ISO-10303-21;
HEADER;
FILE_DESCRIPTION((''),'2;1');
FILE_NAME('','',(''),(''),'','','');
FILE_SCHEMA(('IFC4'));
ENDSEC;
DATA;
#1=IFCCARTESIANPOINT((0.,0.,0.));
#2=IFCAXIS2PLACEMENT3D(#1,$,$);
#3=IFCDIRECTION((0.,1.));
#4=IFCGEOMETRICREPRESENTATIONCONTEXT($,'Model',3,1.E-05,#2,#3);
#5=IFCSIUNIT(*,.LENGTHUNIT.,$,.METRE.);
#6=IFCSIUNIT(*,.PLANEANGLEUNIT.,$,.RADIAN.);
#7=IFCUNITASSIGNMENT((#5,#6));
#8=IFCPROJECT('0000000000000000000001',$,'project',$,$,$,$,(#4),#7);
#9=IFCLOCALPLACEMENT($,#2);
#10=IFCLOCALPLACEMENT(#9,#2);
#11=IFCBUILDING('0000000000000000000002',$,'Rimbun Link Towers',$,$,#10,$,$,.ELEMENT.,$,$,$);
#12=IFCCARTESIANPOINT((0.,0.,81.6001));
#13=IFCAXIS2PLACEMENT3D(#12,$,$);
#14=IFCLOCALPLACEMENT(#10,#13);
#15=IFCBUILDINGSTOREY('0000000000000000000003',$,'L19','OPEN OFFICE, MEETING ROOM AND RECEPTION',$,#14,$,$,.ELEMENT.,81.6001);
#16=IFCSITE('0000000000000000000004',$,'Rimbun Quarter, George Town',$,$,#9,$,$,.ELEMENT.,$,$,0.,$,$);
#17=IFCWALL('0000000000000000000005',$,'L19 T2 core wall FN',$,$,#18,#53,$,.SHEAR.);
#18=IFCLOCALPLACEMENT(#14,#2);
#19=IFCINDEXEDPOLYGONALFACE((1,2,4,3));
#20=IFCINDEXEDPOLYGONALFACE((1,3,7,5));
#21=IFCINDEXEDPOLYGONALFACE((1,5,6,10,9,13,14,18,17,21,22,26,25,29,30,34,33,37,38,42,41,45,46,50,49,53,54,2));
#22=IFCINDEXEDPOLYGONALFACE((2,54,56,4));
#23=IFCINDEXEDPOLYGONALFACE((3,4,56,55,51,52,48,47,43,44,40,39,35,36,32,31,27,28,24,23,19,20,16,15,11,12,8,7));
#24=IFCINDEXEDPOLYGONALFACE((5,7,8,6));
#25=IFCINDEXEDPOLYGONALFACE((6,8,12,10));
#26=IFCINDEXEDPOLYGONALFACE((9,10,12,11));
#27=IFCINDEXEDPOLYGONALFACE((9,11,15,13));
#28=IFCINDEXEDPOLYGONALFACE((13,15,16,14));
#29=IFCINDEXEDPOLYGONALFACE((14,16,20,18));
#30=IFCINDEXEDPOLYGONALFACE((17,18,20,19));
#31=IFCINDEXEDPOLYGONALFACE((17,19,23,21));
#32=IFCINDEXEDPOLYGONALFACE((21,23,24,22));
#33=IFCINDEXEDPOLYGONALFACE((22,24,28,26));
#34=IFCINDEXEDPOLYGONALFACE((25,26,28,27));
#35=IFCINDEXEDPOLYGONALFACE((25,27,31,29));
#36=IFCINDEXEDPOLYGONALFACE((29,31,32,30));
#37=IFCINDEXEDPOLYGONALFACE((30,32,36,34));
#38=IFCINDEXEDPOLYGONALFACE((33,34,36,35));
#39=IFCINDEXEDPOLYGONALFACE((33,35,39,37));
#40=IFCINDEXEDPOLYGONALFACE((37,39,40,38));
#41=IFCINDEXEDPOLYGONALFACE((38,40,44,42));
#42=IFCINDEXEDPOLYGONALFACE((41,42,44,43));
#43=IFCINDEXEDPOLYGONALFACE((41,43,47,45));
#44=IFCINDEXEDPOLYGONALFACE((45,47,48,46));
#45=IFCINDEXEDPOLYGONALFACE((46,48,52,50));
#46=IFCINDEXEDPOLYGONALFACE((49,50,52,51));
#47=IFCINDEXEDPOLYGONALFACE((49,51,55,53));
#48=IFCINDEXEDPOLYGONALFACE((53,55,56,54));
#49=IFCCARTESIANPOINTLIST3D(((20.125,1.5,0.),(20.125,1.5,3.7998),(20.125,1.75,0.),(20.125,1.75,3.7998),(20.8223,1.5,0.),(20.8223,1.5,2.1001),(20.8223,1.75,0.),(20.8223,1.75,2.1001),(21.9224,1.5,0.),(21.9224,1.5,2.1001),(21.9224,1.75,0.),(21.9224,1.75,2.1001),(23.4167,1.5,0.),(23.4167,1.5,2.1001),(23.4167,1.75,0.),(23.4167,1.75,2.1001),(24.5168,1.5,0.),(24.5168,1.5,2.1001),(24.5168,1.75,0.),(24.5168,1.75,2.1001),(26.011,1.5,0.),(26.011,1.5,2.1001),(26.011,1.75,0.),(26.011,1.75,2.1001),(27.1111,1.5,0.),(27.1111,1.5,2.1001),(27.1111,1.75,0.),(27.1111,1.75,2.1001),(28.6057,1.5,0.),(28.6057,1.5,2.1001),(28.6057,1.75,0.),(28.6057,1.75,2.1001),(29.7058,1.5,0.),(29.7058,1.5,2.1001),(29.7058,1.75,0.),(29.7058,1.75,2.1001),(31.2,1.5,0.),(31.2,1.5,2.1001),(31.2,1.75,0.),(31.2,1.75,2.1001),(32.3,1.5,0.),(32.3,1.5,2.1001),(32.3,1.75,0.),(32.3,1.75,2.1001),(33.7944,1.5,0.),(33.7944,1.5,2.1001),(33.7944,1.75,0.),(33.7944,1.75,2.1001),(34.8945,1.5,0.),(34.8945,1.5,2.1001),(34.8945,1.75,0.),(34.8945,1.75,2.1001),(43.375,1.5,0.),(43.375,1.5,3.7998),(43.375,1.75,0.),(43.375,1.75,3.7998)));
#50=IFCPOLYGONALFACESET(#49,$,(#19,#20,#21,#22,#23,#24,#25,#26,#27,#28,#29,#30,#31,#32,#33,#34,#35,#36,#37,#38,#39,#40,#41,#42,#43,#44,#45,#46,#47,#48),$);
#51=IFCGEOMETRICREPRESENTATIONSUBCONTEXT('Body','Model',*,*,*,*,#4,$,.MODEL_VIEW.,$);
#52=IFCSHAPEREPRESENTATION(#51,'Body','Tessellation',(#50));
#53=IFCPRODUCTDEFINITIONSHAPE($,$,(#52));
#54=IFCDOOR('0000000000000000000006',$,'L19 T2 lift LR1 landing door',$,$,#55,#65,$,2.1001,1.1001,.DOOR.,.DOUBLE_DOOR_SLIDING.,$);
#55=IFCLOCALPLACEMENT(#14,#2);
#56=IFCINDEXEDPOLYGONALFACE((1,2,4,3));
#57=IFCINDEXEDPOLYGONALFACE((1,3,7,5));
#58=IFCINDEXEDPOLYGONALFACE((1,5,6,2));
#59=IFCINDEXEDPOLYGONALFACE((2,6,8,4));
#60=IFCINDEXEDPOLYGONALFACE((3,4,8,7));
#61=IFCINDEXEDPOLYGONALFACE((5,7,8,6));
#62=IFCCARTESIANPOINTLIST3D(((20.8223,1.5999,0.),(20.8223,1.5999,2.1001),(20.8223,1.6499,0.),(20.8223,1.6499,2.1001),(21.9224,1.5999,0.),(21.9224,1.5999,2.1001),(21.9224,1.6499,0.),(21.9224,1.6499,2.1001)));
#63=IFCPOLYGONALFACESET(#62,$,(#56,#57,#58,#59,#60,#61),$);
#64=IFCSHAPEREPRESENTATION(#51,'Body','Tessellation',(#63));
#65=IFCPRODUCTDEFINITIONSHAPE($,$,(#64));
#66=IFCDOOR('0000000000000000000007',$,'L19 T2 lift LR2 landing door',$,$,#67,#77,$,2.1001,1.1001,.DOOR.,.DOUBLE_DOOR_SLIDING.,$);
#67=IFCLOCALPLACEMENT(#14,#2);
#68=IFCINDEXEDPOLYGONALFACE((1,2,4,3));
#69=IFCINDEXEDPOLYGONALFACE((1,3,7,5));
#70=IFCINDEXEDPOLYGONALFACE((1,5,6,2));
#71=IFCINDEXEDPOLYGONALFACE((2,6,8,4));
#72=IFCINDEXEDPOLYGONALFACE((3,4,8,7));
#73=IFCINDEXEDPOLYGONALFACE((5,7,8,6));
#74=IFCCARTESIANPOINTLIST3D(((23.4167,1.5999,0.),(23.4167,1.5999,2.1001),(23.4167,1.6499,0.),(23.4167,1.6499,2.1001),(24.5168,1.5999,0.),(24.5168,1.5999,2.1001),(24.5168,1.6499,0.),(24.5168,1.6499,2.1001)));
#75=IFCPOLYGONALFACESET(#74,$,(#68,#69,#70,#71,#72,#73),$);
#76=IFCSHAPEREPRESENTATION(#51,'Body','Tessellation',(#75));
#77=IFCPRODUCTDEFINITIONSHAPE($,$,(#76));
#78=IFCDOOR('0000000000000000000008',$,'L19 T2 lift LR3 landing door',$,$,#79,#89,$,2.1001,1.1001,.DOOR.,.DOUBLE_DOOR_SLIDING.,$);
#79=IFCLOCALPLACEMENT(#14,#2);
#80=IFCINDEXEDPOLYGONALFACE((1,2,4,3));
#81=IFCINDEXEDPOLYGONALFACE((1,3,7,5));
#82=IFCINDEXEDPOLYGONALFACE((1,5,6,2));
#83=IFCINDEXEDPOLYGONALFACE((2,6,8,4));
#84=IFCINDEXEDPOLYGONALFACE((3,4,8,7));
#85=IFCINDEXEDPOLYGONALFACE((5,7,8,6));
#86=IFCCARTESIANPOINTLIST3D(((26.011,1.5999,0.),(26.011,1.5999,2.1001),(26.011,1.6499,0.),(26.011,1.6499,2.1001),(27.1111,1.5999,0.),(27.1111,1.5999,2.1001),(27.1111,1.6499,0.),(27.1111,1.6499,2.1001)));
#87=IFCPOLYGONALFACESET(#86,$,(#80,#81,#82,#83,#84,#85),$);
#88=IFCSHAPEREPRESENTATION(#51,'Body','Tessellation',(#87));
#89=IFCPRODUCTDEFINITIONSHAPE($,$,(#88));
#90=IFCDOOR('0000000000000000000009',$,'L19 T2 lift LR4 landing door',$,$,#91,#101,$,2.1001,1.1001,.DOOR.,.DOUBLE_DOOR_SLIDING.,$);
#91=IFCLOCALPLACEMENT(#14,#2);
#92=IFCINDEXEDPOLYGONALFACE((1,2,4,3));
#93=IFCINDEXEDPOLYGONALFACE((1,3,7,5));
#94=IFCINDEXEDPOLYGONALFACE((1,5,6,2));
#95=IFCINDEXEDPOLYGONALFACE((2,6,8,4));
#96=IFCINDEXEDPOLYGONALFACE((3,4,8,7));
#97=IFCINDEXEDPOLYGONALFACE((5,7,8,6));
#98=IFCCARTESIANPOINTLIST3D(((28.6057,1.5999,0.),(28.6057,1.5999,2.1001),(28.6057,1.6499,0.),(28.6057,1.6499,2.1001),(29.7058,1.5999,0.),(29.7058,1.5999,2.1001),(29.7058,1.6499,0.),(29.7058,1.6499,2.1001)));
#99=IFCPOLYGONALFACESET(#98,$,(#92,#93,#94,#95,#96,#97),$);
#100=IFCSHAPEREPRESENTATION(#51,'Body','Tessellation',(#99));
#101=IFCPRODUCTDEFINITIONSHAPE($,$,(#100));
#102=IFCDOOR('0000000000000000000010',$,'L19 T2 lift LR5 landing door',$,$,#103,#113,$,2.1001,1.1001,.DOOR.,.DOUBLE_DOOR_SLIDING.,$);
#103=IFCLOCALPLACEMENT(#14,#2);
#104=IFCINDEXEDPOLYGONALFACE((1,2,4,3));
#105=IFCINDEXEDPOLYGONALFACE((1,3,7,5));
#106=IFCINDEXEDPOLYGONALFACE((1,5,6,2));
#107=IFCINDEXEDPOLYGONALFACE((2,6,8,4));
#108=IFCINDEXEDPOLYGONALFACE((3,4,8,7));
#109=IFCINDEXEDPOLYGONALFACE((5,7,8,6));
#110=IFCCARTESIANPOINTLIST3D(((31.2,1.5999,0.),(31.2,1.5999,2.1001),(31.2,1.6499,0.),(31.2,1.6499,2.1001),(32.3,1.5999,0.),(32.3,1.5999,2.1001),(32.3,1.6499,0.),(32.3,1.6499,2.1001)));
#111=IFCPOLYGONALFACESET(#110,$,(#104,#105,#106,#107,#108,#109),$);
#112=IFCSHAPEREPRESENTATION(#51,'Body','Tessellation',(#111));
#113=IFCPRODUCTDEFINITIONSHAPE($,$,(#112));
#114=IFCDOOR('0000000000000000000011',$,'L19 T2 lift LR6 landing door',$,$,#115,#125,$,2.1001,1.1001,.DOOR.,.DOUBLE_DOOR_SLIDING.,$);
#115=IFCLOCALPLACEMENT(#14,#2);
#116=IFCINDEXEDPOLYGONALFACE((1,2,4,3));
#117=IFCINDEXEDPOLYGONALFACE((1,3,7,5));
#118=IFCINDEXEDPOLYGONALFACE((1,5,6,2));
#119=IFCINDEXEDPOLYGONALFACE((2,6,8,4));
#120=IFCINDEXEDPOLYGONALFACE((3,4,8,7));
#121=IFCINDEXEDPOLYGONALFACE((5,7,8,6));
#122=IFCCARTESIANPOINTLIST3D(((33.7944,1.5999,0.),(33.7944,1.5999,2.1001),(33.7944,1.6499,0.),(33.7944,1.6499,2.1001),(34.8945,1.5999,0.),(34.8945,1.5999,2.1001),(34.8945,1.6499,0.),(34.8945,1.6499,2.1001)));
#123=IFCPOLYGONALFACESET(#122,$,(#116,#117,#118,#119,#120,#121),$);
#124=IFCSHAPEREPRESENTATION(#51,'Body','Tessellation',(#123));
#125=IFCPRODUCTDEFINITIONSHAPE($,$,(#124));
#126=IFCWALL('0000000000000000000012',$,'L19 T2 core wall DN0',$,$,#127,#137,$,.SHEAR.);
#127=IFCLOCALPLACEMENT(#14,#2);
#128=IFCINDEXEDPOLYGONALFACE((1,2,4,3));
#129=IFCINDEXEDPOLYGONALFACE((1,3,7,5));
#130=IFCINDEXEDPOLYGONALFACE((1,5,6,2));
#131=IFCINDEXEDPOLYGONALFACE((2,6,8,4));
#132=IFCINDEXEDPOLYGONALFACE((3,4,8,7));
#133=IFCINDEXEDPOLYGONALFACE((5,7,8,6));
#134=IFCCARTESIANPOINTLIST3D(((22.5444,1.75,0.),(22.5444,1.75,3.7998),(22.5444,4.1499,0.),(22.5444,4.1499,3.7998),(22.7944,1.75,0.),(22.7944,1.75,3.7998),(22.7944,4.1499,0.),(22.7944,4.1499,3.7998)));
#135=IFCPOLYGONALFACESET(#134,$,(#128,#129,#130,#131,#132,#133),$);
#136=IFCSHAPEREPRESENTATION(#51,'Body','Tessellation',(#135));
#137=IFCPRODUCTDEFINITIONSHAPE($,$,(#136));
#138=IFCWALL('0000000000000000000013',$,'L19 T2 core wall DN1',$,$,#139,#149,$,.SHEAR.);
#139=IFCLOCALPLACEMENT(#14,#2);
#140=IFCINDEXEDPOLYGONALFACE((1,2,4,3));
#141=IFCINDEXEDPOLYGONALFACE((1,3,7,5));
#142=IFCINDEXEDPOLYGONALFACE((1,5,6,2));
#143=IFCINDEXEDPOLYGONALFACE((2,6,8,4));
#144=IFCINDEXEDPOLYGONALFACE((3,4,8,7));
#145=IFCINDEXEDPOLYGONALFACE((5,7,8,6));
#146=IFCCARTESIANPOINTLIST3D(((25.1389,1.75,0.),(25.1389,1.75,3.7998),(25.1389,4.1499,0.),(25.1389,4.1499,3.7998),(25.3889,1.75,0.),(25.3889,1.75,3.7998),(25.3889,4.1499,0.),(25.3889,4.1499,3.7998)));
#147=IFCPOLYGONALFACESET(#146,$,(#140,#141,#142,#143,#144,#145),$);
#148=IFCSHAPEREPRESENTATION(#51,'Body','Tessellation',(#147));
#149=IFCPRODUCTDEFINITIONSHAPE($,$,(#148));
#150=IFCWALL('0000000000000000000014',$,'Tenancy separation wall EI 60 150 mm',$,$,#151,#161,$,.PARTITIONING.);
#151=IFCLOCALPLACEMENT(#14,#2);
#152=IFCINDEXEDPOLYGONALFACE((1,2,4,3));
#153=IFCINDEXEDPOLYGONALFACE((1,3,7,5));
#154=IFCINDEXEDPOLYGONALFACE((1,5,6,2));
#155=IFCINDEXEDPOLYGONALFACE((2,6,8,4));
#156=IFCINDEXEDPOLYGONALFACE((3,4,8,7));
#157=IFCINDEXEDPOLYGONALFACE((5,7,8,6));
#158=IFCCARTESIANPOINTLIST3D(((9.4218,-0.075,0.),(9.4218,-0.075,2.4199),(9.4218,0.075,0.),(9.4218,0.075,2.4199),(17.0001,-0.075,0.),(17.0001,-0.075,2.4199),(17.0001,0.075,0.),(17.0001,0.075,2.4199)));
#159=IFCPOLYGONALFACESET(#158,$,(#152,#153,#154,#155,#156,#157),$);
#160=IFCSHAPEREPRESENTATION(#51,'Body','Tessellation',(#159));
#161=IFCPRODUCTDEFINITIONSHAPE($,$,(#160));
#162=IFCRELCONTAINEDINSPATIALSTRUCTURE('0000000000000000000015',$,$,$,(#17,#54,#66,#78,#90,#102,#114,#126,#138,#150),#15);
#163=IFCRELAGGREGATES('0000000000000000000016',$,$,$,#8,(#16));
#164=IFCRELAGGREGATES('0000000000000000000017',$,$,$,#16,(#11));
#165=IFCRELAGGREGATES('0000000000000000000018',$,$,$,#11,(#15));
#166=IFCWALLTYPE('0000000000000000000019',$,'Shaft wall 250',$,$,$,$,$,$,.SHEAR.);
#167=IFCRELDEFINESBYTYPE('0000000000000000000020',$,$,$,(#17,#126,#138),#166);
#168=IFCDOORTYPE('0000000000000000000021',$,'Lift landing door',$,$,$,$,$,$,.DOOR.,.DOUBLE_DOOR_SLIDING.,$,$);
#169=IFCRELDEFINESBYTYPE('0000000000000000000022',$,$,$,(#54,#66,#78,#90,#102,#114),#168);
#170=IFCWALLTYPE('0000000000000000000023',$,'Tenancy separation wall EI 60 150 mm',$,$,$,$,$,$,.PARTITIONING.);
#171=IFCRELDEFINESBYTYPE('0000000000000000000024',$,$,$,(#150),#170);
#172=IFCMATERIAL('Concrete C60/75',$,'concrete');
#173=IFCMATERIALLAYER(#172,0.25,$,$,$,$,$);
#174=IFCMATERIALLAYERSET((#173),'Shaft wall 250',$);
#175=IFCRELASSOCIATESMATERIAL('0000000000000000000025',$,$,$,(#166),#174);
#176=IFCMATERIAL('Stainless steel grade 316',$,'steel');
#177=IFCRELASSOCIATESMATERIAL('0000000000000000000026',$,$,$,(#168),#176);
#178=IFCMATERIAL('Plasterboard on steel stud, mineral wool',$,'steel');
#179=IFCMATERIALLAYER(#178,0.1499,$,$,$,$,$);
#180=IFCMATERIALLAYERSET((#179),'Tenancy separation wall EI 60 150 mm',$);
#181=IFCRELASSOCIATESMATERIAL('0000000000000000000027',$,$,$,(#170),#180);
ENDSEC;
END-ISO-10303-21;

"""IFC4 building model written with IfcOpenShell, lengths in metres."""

from ifc_helpers import new_model, si_unit, direction, frame, frame_2d, origin, place, context, subcontext, project, spatial, rectangle, extrude, material, layer, layer_set, type_object, element, fill, save


model = new_model("IFC4")

# Units and contexts
model_context = context("Model", 3, precision=1e-05, world=origin(), true_north=direction((0.0, 1.0)))
body_context = subcontext(model_context, "Body", "Model", "MODEL_VIEW")
ifc_project = project(units=[si_unit("LENGTHUNIT", "METRE"), si_unit("PLANEANGLEUNIT", "RADIAN")], contexts=[model_context])

# Site, building, storey
site_placement = place(None, origin())
site = spatial("IfcSite", under=ifc_project, at=site_placement, Name="Rimbun Quarter, George Town", CompositionType="ELEMENT", RefElevation=0.0)
building_placement = place(site_placement, origin())
building = spatial("IfcBuilding", under=site, at=building_placement, Name="Rimbun Link Towers", CompositionType="ELEMENT")
storey_placement = place(building_placement, frame((0.0, 0.0, 81.6001)))
storey = spatial("IfcBuildingStorey", under=building, at=storey_placement, Name="L19", Description="OPEN OFFICE, MEETING ROOM AND RECEPTION", CompositionType="ELEMENT", Elevation=81.6001)

# Shared definitions
ifc_material_1 = material(Name="Concrete C60/75", Category="concrete")
ifc_layer_1 = layer(ifc_material_1, 0.25)
ifc_layer_set_1 = layer_set([ifc_layer_1], Name="Shaft wall 250")
wall_type_1 = type_object("IfcWallType", Name="Shaft wall 250", PredefinedType="SHEAR", material=ifc_layer_set_1)

# Wall, openings, doors
wall_1_placement = place(storey_placement, frame((20.125, 1.625, 0.0), z_axis=(0.0, 0.0, 1.0), x_axis=(1.0, 0.0, 0.0)))
wall_1 = element("IfcWall", 1, at=wall_1_placement, inside=storey, type_object=wall_type_1, Name="L19 T2 core wall FN", PredefinedType="SHEAR", context=body_context, shape_type="SweptSolid", body=[
    extrude(rectangle(XDim=23.25, YDim=0.25, at=frame_2d((11.625, 0.0))), origin(), (0.0, 0.0, 1.0), 3.7998),
])
opening_1_placement = place(wall_1_placement, frame((0.6973, 0.0, 0.0)))
opening_1 = element("IfcOpeningElement", 2, at=opening_1_placement, cuts=wall_1, PredefinedType="OPENING", context=body_context, shape_type="SweptSolid", body=[
    extrude(rectangle(XDim=1.1001, YDim=2.1001, at=frame_2d((0.55, 1.05))), frame((0.0, 0.135, 0.0), z_axis=(0.0, -1.0, 0.0), x_axis=(1.0, 0.0, 0.0)), (0.0, 0.0, 1.0), 0.27),
])
opening_2_placement = place(wall_1_placement, frame((3.2917, 0.0, 0.0)))
opening_2 = element("IfcOpeningElement", 3, at=opening_2_placement, cuts=wall_1, PredefinedType="OPENING", context=body_context, shape_type="SweptSolid", body=[
    extrude(rectangle(XDim=1.1001, YDim=2.1001, at=frame_2d((0.55, 1.05))), frame((0.0, 0.135, 0.0), z_axis=(0.0, -1.0, 0.0), x_axis=(1.0, 0.0, 0.0)), (0.0, 0.0, 1.0), 0.27),
])
opening_3_placement = place(wall_1_placement, frame((5.886, 0.0, 0.0)))
opening_3 = element("IfcOpeningElement", 4, at=opening_3_placement, cuts=wall_1, PredefinedType="OPENING", context=body_context, shape_type="SweptSolid", body=[
    extrude(rectangle(XDim=1.1001, YDim=2.1001, at=frame_2d((0.55, 1.05))), frame((0.0, 0.135, 0.0), z_axis=(0.0, -1.0, 0.0), x_axis=(1.0, 0.0, 0.0)), (0.0, 0.0, 1.0), 0.27),
])
opening_4_placement = place(wall_1_placement, frame((8.4807, 0.0, 0.0)))
opening_4 = element("IfcOpeningElement", 5, at=opening_4_placement, cuts=wall_1, PredefinedType="OPENING", context=body_context, shape_type="SweptSolid", body=[
    extrude(rectangle(XDim=1.1001, YDim=2.1001, at=frame_2d((0.55, 1.05))), frame((0.0, 0.135, 0.0), z_axis=(0.0, -1.0, 0.0), x_axis=(1.0, 0.0, 0.0)), (0.0, 0.0, 1.0), 0.27),
])
opening_5_placement = place(wall_1_placement, frame((11.075, 0.0, 0.0)))
opening_5 = element("IfcOpeningElement", 6, at=opening_5_placement, cuts=wall_1, PredefinedType="OPENING", context=body_context, shape_type="SweptSolid", body=[
    extrude(rectangle(XDim=1.1001, YDim=2.1001, at=frame_2d((0.55, 1.05))), frame((0.0, 0.135, 0.0), z_axis=(0.0, -1.0, 0.0), x_axis=(1.0, 0.0, 0.0)), (0.0, 0.0, 1.0), 0.27),
])
opening_6_placement = place(wall_1_placement, frame((13.6694, 0.0, 0.0)))
opening_6 = element("IfcOpeningElement", 7, at=opening_6_placement, cuts=wall_1, PredefinedType="OPENING", context=body_context, shape_type="SweptSolid", body=[
    extrude(rectangle(XDim=1.1001, YDim=2.1001, at=frame_2d((0.55, 1.05))), frame((0.0, 0.135, 0.0), z_axis=(0.0, -1.0, 0.0), x_axis=(1.0, 0.0, 0.0)), (0.0, 0.0, 1.0), 0.27),
])
ifc_material_2 = material(Name="Stainless steel grade 316", Category="steel")
door_type = type_object("IfcDoorType", Name="Lift landing door", OperationType="DOUBLE_DOOR_SLIDING", PredefinedType="DOOR", material=ifc_material_2)
door_1_placement = place(opening_1_placement, origin())
door_1 = element("IfcDoor", 8, at=door_1_placement, inside=storey, type_object=door_type, Name="L19 T2 lift LR1 landing door", OperationType="DOUBLE_DOOR_SLIDING", OverallHeight=2.1001, OverallWidth=1.1001, PredefinedType="DOOR", context=body_context, shape_type="SweptSolid", body=[
    extrude(rectangle(XDim=1.1001, YDim=2.1001, at=frame_2d((0.55, 1.05))), frame((0.0, 0.0249, 0.0), z_axis=(0.0, -1.0, 0.0), x_axis=(1.0, 0.0, 0.0)), (0.0, 0.0, 1.0), 0.05),
])
fill(opening_1, door_1)
door_2_placement = place(opening_2_placement, origin())
door_2 = element("IfcDoor", 9, at=door_2_placement, inside=storey, type_object=door_type, Name="L19 T2 lift LR2 landing door", OperationType="DOUBLE_DOOR_SLIDING", OverallHeight=2.1001, OverallWidth=1.1001, PredefinedType="DOOR", context=body_context, shape_type="SweptSolid", body=[
    extrude(rectangle(XDim=1.1001, YDim=2.1001, at=frame_2d((0.55, 1.05))), frame((0.0, 0.0249, 0.0), z_axis=(0.0, -1.0, 0.0), x_axis=(1.0, 0.0, 0.0)), (0.0, 0.0, 1.0), 0.05),
])
fill(opening_2, door_2)
door_3_placement = place(opening_3_placement, origin())
door_3 = element("IfcDoor", 10, at=door_3_placement, inside=storey, type_object=door_type, Name="L19 T2 lift LR3 landing door", OperationType="DOUBLE_DOOR_SLIDING", OverallHeight=2.1001, OverallWidth=1.1001, PredefinedType="DOOR", context=body_context, shape_type="SweptSolid", body=[
    extrude(rectangle(XDim=1.1001, YDim=2.1001, at=frame_2d((0.55, 1.05))), frame((0.0, 0.0249, 0.0), z_axis=(0.0, -1.0, 0.0), x_axis=(1.0, 0.0, 0.0)), (0.0, 0.0, 1.0), 0.05),
])
fill(opening_3, door_3)
door_4_placement = place(opening_4_placement, origin())
door_4 = element("IfcDoor", 11, at=door_4_placement, inside=storey, type_object=door_type, Name="L19 T2 lift LR4 landing door", OperationType="DOUBLE_DOOR_SLIDING", OverallHeight=2.1001, OverallWidth=1.1001, PredefinedType="DOOR", context=body_context, shape_type="SweptSolid", body=[
    extrude(rectangle(XDim=1.1001, YDim=2.1001, at=frame_2d((0.55, 1.05))), frame((0.0, 0.0249, 0.0), z_axis=(0.0, -1.0, 0.0), x_axis=(1.0, 0.0, 0.0)), (0.0, 0.0, 1.0), 0.05),
])
fill(opening_4, door_4)
door_5_placement = place(opening_5_placement, origin())
door_5 = element("IfcDoor", 12, at=door_5_placement, inside=storey, type_object=door_type, Name="L19 T2 lift LR5 landing door", OperationType="DOUBLE_DOOR_SLIDING", OverallHeight=2.1001, OverallWidth=1.1001, PredefinedType="DOOR", context=body_context, shape_type="SweptSolid", body=[
    extrude(rectangle(XDim=1.1001, YDim=2.1001, at=frame_2d((0.55, 1.05))), frame((0.0, 0.0249, 0.0), z_axis=(0.0, -1.0, 0.0), x_axis=(1.0, 0.0, 0.0)), (0.0, 0.0, 1.0), 0.05),
])
fill(opening_5, door_5)
door_6_placement = place(opening_6_placement, origin())
door_6 = element("IfcDoor", 13, at=door_6_placement, inside=storey, type_object=door_type, Name="L19 T2 lift LR6 landing door", OperationType="DOUBLE_DOOR_SLIDING", OverallHeight=2.1001, OverallWidth=1.1001, PredefinedType="DOOR", context=body_context, shape_type="SweptSolid", body=[
    extrude(rectangle(XDim=1.1001, YDim=2.1001, at=frame_2d((0.55, 1.05))), frame((0.0, 0.0249, 0.0), z_axis=(0.0, -1.0, 0.0), x_axis=(1.0, 0.0, 0.0)), (0.0, 0.0, 1.0), 0.05),
])
fill(opening_6, door_6)

# Walls
for number, where, z_axis, x_axis, name in (
    (14, (22.6694, 1.75, 0.0), (0.0, 0.0, 1.0), (0.0, 1.0, 0.0), "L19 T2 core wall DN0"),
    (15, (25.2639, 1.75, 0.0), (0.0, 0.0, 1.0), (0.0, 1.0, 0.0), "L19 T2 core wall DN1"),
):
    element("IfcWall", number, at=place(storey_placement, frame(where, z_axis=z_axis, x_axis=x_axis)), inside=storey, type_object=wall_type_1, Name=name, PredefinedType="SHEAR", context=body_context, shape_type="SweptSolid", body=[
        extrude(rectangle(XDim=2.3999, YDim=0.25, at=frame_2d((1.2, 0.0))), origin(), (0.0, 0.0, 1.0), 3.7998),
    ])
ifc_material_3 = material(Name="Plasterboard on steel stud, mineral wool", Category="steel")
ifc_layer_2 = layer(ifc_material_3, 0.1499)
ifc_layer_set_2 = layer_set([ifc_layer_2], Name="Tenancy separation wall EI 60 150 mm")
wall_type_2 = type_object("IfcWallType", Name="Tenancy separation wall EI 60 150 mm", PredefinedType="PARTITIONING", material=ifc_layer_set_2)
wall_2_placement = place(storey_placement, frame((17.0, 0.0, 0.0), z_axis=(0.0, 0.0, 1.0), x_axis=(-1.0, 0.0, 0.0)))
element("IfcWall", 16, at=wall_2_placement, inside=storey, type_object=wall_type_2, Name="Tenancy separation wall EI 60 150 mm", PredefinedType="PARTITIONING", context=body_context, shape_type="SweptSolid", body=[
    extrude(rectangle(XDim=7.5784, YDim=0.1499, at=frame_2d((3.7891, 0.0))), origin(), (0.0, 0.0, 1.0), 2.4199),
])

save(model, "model.ifc")
